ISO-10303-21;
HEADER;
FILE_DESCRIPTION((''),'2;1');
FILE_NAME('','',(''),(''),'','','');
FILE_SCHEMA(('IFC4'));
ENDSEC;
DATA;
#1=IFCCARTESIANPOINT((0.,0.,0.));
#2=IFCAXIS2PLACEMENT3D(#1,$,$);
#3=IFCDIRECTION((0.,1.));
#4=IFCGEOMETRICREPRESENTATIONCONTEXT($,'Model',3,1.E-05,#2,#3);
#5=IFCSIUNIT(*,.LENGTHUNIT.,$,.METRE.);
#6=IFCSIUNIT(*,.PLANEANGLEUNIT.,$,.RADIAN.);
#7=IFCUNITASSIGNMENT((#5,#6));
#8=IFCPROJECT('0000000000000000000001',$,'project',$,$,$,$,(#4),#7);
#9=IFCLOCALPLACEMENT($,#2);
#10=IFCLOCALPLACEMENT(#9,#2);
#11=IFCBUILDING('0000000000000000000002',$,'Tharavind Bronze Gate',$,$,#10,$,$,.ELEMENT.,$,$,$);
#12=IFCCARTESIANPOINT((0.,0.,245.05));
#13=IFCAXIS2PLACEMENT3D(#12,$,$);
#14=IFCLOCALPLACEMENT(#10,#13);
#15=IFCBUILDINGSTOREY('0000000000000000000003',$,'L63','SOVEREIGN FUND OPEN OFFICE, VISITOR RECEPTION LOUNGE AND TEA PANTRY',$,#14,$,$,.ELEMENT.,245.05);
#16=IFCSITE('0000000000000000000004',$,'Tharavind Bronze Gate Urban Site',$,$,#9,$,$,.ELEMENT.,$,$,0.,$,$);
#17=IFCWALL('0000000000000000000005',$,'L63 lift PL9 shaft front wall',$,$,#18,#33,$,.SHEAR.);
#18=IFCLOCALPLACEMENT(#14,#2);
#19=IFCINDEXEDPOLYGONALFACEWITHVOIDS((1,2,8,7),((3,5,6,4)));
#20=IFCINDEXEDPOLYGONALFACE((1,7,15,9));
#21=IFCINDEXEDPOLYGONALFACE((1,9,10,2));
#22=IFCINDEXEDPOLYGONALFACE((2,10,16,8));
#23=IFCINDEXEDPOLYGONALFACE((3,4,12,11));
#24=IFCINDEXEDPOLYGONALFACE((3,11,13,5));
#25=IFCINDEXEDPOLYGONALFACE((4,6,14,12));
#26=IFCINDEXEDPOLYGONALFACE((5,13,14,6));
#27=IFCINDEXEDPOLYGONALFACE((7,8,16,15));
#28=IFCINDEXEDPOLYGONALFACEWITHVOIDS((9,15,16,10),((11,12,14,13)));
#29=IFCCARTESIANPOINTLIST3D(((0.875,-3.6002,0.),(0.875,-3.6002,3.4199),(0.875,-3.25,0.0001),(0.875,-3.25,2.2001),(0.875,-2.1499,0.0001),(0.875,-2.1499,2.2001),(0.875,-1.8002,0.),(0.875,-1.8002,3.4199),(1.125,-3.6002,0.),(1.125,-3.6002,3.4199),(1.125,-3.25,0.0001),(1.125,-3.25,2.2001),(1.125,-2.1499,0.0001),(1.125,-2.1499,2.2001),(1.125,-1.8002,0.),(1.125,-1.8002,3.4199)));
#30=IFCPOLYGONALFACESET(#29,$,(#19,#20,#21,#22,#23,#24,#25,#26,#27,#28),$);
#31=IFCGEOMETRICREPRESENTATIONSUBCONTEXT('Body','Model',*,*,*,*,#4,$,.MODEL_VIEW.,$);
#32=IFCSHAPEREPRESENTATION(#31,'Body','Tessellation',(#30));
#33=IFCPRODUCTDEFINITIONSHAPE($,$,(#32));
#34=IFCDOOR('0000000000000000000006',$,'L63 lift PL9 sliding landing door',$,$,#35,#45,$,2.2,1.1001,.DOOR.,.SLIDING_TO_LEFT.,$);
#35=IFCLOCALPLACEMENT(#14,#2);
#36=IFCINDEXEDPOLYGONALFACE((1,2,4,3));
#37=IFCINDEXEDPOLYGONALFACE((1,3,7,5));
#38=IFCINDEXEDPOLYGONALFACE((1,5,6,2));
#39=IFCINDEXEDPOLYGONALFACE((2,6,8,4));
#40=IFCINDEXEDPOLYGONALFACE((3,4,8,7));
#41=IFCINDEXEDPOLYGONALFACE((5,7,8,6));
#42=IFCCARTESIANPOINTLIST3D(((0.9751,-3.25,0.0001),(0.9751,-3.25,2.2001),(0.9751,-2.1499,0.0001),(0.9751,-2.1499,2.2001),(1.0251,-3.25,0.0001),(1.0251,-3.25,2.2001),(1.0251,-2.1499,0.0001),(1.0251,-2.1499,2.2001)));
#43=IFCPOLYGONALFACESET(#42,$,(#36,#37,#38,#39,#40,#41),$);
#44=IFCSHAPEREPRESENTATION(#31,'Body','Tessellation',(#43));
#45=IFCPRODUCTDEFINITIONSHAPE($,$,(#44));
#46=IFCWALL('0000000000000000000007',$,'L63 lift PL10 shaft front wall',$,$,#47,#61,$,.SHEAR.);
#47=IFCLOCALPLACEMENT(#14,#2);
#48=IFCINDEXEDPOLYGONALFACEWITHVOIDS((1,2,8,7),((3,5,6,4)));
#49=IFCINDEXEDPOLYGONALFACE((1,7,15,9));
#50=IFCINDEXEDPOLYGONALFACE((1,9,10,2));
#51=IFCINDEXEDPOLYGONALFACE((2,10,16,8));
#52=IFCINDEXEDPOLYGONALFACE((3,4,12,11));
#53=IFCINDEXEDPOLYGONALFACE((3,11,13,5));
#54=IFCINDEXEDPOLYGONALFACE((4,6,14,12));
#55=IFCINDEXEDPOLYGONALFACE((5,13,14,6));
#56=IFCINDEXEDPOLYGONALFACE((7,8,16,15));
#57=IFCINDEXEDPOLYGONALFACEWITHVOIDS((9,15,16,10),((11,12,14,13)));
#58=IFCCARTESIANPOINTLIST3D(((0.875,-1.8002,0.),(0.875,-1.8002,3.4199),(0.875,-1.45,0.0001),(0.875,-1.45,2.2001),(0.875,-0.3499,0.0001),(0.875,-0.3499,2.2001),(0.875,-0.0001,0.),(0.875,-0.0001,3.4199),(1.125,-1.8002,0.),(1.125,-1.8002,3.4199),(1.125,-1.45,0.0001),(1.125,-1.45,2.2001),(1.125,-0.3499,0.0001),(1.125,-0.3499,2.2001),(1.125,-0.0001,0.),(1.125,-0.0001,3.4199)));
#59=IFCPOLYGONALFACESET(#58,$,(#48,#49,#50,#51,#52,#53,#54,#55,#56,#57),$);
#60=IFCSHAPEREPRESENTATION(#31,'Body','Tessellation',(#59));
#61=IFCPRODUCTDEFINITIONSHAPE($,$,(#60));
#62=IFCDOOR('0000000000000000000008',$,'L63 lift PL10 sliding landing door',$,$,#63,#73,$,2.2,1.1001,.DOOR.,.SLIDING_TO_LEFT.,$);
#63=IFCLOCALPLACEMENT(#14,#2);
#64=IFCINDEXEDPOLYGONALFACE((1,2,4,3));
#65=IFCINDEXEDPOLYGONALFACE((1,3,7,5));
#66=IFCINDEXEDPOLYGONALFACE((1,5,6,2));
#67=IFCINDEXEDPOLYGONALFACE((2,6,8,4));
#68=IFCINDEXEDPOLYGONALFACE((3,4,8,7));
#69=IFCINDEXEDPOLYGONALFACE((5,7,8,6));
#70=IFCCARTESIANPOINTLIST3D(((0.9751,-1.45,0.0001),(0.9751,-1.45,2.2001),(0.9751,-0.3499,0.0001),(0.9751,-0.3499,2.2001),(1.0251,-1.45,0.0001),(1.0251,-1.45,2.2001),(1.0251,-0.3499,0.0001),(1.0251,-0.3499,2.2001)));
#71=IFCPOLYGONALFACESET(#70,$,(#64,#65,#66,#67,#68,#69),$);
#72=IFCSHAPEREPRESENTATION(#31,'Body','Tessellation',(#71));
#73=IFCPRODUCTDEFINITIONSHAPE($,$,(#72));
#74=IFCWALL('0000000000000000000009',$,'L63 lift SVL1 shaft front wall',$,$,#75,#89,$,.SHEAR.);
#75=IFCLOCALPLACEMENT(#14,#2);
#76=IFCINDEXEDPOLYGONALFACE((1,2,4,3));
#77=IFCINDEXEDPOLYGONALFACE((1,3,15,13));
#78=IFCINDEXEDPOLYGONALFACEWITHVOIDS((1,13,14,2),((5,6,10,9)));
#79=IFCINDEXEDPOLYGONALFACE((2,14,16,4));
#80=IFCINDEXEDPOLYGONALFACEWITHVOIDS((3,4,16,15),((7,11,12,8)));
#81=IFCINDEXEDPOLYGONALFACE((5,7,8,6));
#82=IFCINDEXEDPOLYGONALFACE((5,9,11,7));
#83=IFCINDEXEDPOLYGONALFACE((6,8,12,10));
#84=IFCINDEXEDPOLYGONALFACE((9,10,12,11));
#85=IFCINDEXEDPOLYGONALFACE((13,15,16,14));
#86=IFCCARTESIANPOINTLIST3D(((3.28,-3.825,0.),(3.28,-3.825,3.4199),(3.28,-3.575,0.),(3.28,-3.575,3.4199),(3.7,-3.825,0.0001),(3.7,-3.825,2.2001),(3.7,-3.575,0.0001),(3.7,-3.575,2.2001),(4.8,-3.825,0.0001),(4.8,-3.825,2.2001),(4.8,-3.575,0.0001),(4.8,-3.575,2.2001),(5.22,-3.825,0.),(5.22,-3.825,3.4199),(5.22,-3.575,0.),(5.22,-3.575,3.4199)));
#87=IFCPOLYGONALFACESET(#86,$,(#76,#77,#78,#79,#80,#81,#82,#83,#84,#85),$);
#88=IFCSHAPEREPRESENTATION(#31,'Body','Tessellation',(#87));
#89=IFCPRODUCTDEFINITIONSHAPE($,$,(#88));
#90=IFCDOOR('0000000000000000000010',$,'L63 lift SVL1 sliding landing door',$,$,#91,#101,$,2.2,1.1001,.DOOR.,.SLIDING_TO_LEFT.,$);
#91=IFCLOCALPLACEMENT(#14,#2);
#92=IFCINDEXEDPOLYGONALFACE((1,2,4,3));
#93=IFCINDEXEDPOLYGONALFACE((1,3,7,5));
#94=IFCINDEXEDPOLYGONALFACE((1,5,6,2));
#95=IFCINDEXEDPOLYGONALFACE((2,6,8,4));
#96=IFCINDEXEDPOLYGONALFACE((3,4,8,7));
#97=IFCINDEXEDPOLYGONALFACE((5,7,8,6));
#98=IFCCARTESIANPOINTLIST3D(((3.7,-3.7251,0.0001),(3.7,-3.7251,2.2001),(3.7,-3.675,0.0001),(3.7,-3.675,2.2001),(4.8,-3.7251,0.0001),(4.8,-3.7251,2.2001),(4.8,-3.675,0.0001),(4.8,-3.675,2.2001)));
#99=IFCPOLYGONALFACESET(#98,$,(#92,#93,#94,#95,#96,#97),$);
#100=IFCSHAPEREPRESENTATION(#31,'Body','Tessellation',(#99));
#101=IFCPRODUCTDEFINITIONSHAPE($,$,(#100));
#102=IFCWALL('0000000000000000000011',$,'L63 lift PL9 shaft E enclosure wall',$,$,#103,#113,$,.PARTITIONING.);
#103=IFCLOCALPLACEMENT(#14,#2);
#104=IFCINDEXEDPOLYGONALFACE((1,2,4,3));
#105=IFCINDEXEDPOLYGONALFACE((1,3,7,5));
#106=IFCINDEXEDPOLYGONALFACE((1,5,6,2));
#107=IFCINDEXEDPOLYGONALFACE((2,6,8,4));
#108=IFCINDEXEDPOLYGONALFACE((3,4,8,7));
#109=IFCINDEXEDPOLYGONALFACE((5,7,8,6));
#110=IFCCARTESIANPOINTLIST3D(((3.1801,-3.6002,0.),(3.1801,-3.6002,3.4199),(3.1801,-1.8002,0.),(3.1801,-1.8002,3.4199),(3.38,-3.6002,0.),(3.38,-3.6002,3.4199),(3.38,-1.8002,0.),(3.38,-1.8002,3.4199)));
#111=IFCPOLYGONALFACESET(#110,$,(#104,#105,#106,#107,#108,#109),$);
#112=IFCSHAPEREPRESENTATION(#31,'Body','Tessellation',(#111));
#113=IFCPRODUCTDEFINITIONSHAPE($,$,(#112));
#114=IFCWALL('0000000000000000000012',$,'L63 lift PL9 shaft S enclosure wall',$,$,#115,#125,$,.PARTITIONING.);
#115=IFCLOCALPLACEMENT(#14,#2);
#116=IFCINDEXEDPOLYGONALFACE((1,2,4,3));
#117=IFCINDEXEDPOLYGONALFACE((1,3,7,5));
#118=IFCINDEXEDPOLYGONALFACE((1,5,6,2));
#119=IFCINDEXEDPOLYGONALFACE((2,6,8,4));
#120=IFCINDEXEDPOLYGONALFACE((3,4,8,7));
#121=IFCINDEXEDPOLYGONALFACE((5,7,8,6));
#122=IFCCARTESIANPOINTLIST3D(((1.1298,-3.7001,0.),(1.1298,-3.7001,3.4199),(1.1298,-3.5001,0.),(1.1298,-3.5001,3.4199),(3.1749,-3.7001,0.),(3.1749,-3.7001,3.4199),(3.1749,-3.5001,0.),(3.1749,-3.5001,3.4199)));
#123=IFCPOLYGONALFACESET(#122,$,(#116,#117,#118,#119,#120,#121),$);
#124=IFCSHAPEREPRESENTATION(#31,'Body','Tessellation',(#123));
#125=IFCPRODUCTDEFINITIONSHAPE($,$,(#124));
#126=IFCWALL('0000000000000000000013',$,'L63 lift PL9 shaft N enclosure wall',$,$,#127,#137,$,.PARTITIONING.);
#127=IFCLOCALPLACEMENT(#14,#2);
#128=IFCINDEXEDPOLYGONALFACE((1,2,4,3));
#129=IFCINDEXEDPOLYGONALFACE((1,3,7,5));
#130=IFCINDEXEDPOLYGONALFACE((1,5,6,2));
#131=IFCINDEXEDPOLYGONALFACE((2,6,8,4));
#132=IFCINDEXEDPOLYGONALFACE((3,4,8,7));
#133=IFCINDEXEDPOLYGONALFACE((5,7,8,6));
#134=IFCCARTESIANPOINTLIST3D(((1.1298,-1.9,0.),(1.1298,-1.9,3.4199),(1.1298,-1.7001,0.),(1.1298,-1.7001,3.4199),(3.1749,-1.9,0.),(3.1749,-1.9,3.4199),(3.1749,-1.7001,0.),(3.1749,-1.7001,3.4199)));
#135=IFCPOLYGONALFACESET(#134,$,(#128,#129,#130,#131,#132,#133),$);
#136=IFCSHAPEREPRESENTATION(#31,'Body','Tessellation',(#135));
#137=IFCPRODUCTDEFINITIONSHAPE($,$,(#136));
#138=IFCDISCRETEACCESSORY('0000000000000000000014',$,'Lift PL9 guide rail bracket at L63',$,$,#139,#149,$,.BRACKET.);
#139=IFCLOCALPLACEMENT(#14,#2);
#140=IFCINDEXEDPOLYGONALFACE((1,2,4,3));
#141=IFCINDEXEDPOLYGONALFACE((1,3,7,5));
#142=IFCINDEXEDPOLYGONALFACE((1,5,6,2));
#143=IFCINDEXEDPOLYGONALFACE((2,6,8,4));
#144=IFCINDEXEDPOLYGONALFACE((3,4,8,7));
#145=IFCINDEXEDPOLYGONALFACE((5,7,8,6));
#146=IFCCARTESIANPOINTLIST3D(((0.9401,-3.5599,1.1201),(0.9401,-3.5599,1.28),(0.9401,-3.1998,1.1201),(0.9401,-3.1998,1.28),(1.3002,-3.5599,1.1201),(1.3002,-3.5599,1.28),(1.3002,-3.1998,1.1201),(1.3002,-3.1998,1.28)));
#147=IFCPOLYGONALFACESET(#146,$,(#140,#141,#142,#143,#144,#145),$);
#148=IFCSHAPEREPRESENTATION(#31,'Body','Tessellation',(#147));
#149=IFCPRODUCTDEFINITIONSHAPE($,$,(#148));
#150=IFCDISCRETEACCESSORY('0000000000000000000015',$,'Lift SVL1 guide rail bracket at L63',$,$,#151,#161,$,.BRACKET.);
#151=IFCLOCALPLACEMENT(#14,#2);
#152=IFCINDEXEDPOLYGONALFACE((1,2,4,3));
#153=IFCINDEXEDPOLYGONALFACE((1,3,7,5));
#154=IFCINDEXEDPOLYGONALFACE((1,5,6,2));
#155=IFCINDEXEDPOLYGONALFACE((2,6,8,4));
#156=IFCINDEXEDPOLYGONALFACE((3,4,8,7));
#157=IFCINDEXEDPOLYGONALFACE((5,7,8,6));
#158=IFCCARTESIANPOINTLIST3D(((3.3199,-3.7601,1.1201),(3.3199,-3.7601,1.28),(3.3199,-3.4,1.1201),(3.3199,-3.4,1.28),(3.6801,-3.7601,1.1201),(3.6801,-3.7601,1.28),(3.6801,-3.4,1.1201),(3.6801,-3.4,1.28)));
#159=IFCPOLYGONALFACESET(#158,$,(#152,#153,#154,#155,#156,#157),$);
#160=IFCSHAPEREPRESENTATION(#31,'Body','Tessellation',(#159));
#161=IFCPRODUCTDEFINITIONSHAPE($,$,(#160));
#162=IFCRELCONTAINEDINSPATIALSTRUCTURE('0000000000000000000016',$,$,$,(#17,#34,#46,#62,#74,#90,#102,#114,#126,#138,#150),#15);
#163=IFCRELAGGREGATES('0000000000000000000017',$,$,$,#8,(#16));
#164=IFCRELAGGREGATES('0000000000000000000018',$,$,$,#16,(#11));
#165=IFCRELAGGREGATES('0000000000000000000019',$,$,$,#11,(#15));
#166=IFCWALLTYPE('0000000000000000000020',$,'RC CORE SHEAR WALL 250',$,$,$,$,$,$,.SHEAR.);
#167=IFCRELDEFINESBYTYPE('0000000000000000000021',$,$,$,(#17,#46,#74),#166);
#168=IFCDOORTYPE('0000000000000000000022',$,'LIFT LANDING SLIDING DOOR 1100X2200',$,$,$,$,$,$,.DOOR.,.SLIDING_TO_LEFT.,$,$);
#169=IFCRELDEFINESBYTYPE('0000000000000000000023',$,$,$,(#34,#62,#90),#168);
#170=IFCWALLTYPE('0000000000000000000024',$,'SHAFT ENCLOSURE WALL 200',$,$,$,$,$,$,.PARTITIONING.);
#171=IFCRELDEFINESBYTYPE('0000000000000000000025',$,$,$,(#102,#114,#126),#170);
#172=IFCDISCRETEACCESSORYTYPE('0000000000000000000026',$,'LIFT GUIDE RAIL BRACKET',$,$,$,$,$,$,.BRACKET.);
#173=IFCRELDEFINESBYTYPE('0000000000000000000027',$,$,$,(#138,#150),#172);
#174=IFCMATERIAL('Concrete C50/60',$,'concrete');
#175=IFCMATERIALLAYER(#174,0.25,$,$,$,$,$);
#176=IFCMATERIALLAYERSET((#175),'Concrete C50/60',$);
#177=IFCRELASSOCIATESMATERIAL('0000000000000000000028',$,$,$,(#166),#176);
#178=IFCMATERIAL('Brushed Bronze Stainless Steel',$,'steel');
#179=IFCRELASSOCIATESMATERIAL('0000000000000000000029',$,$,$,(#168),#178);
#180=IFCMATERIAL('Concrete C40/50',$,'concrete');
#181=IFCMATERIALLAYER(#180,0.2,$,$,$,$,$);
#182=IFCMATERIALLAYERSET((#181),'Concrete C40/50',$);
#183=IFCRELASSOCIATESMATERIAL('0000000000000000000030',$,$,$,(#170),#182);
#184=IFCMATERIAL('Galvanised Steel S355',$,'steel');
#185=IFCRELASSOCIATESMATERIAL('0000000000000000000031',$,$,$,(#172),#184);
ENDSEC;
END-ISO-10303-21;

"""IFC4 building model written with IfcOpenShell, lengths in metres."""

from ifc_helpers import new_model, si_unit, direction, frame, frame_2d, origin, origin_2d, place, context, subcontext, project, spatial, rectangle, extrude, material, layer, layer_set, type_object, element, fill, save


model = new_model("IFC4")

# Units and contexts
model_context = context("Model", 3, precision=1e-05, world=origin(), true_north=direction((0.0, 1.0)))
body_context = subcontext(model_context, "Body", "Model", "MODEL_VIEW")
ifc_project = project(units=[si_unit("LENGTHUNIT", "METRE"), si_unit("PLANEANGLEUNIT", "RADIAN")], contexts=[model_context])

# Site, building, storey
site_placement = place(None, origin())
site = spatial("IfcSite", under=ifc_project, at=site_placement, Name="Tharavind Bronze Gate Urban Site", CompositionType="ELEMENT", RefElevation=0.0)
building_placement = place(site_placement, origin())
building = spatial("IfcBuilding", under=site, at=building_placement, Name="Tharavind Bronze Gate", CompositionType="ELEMENT")
storey_placement = place(building_placement, frame((0.0, 0.0, 245.05)))
storey = spatial("IfcBuildingStorey", under=building, at=storey_placement, Name="L63", Description="SOVEREIGN FUND OPEN OFFICE, VISITOR RECEPTION LOUNGE AND TEA PANTRY", CompositionType="ELEMENT", Elevation=245.05)

# Shared definitions
ifc_material_1 = material(Name="Concrete C50/60", Category="concrete")

# Shared definitions
ifc_layer_1 = layer(ifc_material_1, 0.25)
ifc_layer_set_1 = layer_set([ifc_layer_1], Name="Concrete C50/60")
wall_type_1 = type_object("IfcWallType", Name="RC CORE SHEAR WALL 250", PredefinedType="SHEAR", material=ifc_layer_set_1)

# Walls, openings, doors
wall_1_placement = place(storey_placement, frame((1.0, -3.6001, 0.0), z_axis=(0.0, 0.0, 1.0), x_axis=(0.0, 1.0, 0.0)))
wall_1 = element("IfcWall", 1, at=wall_1_placement, inside=storey, type_object=wall_type_1, Name="L63 lift PL9 shaft front wall", PredefinedType="SHEAR", context=body_context, shape_type="SweptSolid", body=[
    extrude(rectangle(XDim=1.8, YDim=0.25, at=frame_2d((0.8999, 0.0))), origin(), (0.0, 0.0, 1.0), 3.4199),
])
opening_1_placement = place(wall_1_placement, frame((0.3501, 0.0, 0.0)))
opening_1 = element("IfcOpeningElement", 2, at=opening_1_placement, cuts=wall_1, PredefinedType="OPENING", context=body_context, shape_type="SweptSolid", body=[
    extrude(rectangle(XDim=1.1001, YDim=2.2, at=frame_2d((0.55, 1.1001))), frame((0.0, 0.135, 0.0), z_axis=(0.0, -1.0, 0.0), x_axis=(1.0, 0.0, 0.0)), (0.0, 0.0, 1.0), 0.27),
])
ifc_material_2 = material(Name="Brushed Bronze Stainless Steel", Category="steel")
door_type = type_object("IfcDoorType", Name="LIFT LANDING SLIDING DOOR 1100X2200", OperationType="SLIDING_TO_LEFT", PredefinedType="DOOR", material=ifc_material_2)
door_1_placement = place(opening_1_placement, origin())
door_1 = element("IfcDoor", 3, at=door_1_placement, inside=storey, type_object=door_type, Name="L63 lift PL9 sliding landing door", OperationType="SLIDING_TO_LEFT", OverallHeight=2.2, OverallWidth=1.1001, PredefinedType="DOOR", context=body_context, shape_type="SweptSolid", body=[
    extrude(rectangle(XDim=1.1001, YDim=2.2, at=frame_2d((0.55, 1.1001))), frame((0.0, 0.0249, 0.0), z_axis=(0.0, -1.0, 0.0), x_axis=(1.0, 0.0, 0.0)), (0.0, 0.0, 1.0), 0.05),
])
fill(opening_1, door_1)
wall_2_placement = place(storey_placement, frame((1.0, -1.8, 0.0), z_axis=(0.0, 0.0, 1.0), x_axis=(0.0, 1.0, 0.0)))
wall_2 = element("IfcWall", 4, at=wall_2_placement, inside=storey, type_object=wall_type_1, Name="L63 lift PL10 shaft front wall", PredefinedType="SHEAR", context=body_context, shape_type="SweptSolid", body=[
    extrude(rectangle(XDim=1.8, YDim=0.25, at=frame_2d((0.8999, 0.0))), origin(), (0.0, 0.0, 1.0), 3.4199),
])
opening_2_placement = place(wall_2_placement, frame((0.3501, 0.0, 0.0)))
opening_2 = element("IfcOpeningElement", 5, at=opening_2_placement, cuts=wall_2, PredefinedType="OPENING", context=body_context, shape_type="SweptSolid", body=[
    extrude(rectangle(XDim=1.1001, YDim=2.2, at=frame_2d((0.55, 1.1001))), frame((0.0, 0.135, 0.0), z_axis=(0.0, -1.0, 0.0), x_axis=(1.0, 0.0, 0.0)), (0.0, 0.0, 1.0), 0.27),
])
door_2_placement = place(opening_2_placement, origin())
door_2 = element("IfcDoor", 6, at=door_2_placement, inside=storey, type_object=door_type, Name="L63 lift PL10 sliding landing door", OperationType="SLIDING_TO_LEFT", OverallHeight=2.2, OverallWidth=1.1001, PredefinedType="DOOR", context=body_context, shape_type="SweptSolid", body=[
    extrude(rectangle(XDim=1.1001, YDim=2.2, at=frame_2d((0.55, 1.1001))), frame((0.0, 0.0249, 0.0), z_axis=(0.0, -1.0, 0.0), x_axis=(1.0, 0.0, 0.0)), (0.0, 0.0, 1.0), 0.05),
])
fill(opening_2, door_2)
wall_3_placement = place(storey_placement, frame((3.28, -3.7, 0.0), z_axis=(0.0, 0.0, 1.0), x_axis=(1.0, 0.0, 0.0)))
wall_3 = element("IfcWall", 7, at=wall_3_placement, inside=storey, type_object=wall_type_1, Name="L63 lift SVL1 shaft front wall", PredefinedType="SHEAR", context=body_context, shape_type="SweptSolid", body=[
    extrude(rectangle(XDim=1.9399, YDim=0.25, at=frame_2d((0.97, 0.0))), origin(), (0.0, 0.0, 1.0), 3.4199),
])
opening_3_placement = place(wall_3_placement, frame((0.4199, 0.0, 0.0)))
opening_3 = element("IfcOpeningElement", 8, at=opening_3_placement, cuts=wall_3, PredefinedType="OPENING", context=body_context, shape_type="SweptSolid", body=[
    extrude(rectangle(XDim=1.1001, YDim=2.2, at=frame_2d((0.55, 1.1001))), frame((0.0, 0.135, 0.0), z_axis=(0.0, -1.0, 0.0), x_axis=(1.0, 0.0, 0.0)), (0.0, 0.0, 1.0), 0.27),
])
door_3_placement = place(opening_3_placement, origin())
door_3 = element("IfcDoor", 9, at=door_3_placement, inside=storey, type_object=door_type, Name="L63 lift SVL1 sliding landing door", OperationType="SLIDING_TO_LEFT", OverallHeight=2.2, OverallWidth=1.1001, PredefinedType="DOOR", context=body_context, shape_type="SweptSolid", body=[
    extrude(rectangle(XDim=1.1001, YDim=2.2, at=frame_2d((0.55, 1.1001))), frame((0.0, 0.0249, 0.0), z_axis=(0.0, -1.0, 0.0), x_axis=(1.0, 0.0, 0.0)), (0.0, 0.0, 1.0), 0.05),
])
fill(opening_3, door_3)

# Walls
ifc_material_3 = material(Name="Concrete C40/50", Category="concrete")
ifc_layer_2 = layer(ifc_material_3, 0.2)
ifc_layer_set_2 = layer_set([ifc_layer_2], Name="Concrete C40/50")
wall_type_2 = type_object("IfcWallType", Name="SHAFT ENCLOSURE WALL 200", PredefinedType="PARTITIONING", material=ifc_layer_set_2)
wall_4_placement = place(storey_placement, frame((3.28, -3.6001, 0.0), z_axis=(0.0, 0.0, 1.0), x_axis=(0.0, 1.0, 0.0)))
element("IfcWall", 10, at=wall_4_placement, inside=storey, type_object=wall_type_2, Name="L63 lift PL9 shaft E enclosure wall", PredefinedType="PARTITIONING", context=body_context, shape_type="SweptSolid", body=[
    extrude(rectangle(XDim=1.8, YDim=0.2, at=frame_2d((0.8999, 0.0))), origin(), (0.0, 0.0, 1.0), 3.4199),
])
for number, where, z_axis, x_axis, name in (
    (11, (1.1299, -3.6001, 0.0), (0.0, 0.0, 1.0), (1.0, 0.0, 0.0), "L63 lift PL9 shaft S enclosure wall"),
    (12, (1.1299, -1.8, 0.0), (0.0, 0.0, 1.0), (1.0, 0.0, 0.0), "L63 lift PL9 shaft N enclosure wall"),
):
    element("IfcWall", number, at=place(storey_placement, frame(where, z_axis=z_axis, x_axis=x_axis)), inside=storey, type_object=wall_type_2, Name=name, PredefinedType="PARTITIONING", context=body_context, shape_type="SweptSolid", body=[
        extrude(rectangle(XDim=2.0452, YDim=0.2, at=frame_2d((1.0225, 0.0))), origin(), (0.0, 0.0, 1.0), 3.4199),
    ])

# Discrete accessories
ifc_material_4 = material(Name="Galvanised Steel S355", Category="steel")
discrete_accessory_type = type_object("IfcDiscreteAccessoryType", Name="LIFT GUIDE RAIL BRACKET", PredefinedType="BRACKET", material=ifc_material_4)
for number, where, z_axis, x_axis, name in (
    (13, (1.1201, -3.3799, 1.1201), (0.0, 0.0, 1.0), (1.0, 0.0, 0.0), "Lift PL9 guide rail bracket at L63"),
    (14, (3.5, -3.5801, 1.1201), (0.0, 0.0, 1.0), (1.0, 0.0, 0.0), "Lift SVL1 guide rail bracket at L63"),
):
    element("IfcDiscreteAccessory", number, at=place(storey_placement, frame(where, z_axis=z_axis, x_axis=x_axis)), inside=storey, type_object=discrete_accessory_type, Name=name, PredefinedType="BRACKET", context=body_context, shape_type="SweptSolid", body=[
        extrude(rectangle(XDim=0.3601, YDim=0.3601, at=origin_2d()), origin(), (0.0, 0.0, 1.0), 0.1599),
    ])

save(model, "model.ifc")
